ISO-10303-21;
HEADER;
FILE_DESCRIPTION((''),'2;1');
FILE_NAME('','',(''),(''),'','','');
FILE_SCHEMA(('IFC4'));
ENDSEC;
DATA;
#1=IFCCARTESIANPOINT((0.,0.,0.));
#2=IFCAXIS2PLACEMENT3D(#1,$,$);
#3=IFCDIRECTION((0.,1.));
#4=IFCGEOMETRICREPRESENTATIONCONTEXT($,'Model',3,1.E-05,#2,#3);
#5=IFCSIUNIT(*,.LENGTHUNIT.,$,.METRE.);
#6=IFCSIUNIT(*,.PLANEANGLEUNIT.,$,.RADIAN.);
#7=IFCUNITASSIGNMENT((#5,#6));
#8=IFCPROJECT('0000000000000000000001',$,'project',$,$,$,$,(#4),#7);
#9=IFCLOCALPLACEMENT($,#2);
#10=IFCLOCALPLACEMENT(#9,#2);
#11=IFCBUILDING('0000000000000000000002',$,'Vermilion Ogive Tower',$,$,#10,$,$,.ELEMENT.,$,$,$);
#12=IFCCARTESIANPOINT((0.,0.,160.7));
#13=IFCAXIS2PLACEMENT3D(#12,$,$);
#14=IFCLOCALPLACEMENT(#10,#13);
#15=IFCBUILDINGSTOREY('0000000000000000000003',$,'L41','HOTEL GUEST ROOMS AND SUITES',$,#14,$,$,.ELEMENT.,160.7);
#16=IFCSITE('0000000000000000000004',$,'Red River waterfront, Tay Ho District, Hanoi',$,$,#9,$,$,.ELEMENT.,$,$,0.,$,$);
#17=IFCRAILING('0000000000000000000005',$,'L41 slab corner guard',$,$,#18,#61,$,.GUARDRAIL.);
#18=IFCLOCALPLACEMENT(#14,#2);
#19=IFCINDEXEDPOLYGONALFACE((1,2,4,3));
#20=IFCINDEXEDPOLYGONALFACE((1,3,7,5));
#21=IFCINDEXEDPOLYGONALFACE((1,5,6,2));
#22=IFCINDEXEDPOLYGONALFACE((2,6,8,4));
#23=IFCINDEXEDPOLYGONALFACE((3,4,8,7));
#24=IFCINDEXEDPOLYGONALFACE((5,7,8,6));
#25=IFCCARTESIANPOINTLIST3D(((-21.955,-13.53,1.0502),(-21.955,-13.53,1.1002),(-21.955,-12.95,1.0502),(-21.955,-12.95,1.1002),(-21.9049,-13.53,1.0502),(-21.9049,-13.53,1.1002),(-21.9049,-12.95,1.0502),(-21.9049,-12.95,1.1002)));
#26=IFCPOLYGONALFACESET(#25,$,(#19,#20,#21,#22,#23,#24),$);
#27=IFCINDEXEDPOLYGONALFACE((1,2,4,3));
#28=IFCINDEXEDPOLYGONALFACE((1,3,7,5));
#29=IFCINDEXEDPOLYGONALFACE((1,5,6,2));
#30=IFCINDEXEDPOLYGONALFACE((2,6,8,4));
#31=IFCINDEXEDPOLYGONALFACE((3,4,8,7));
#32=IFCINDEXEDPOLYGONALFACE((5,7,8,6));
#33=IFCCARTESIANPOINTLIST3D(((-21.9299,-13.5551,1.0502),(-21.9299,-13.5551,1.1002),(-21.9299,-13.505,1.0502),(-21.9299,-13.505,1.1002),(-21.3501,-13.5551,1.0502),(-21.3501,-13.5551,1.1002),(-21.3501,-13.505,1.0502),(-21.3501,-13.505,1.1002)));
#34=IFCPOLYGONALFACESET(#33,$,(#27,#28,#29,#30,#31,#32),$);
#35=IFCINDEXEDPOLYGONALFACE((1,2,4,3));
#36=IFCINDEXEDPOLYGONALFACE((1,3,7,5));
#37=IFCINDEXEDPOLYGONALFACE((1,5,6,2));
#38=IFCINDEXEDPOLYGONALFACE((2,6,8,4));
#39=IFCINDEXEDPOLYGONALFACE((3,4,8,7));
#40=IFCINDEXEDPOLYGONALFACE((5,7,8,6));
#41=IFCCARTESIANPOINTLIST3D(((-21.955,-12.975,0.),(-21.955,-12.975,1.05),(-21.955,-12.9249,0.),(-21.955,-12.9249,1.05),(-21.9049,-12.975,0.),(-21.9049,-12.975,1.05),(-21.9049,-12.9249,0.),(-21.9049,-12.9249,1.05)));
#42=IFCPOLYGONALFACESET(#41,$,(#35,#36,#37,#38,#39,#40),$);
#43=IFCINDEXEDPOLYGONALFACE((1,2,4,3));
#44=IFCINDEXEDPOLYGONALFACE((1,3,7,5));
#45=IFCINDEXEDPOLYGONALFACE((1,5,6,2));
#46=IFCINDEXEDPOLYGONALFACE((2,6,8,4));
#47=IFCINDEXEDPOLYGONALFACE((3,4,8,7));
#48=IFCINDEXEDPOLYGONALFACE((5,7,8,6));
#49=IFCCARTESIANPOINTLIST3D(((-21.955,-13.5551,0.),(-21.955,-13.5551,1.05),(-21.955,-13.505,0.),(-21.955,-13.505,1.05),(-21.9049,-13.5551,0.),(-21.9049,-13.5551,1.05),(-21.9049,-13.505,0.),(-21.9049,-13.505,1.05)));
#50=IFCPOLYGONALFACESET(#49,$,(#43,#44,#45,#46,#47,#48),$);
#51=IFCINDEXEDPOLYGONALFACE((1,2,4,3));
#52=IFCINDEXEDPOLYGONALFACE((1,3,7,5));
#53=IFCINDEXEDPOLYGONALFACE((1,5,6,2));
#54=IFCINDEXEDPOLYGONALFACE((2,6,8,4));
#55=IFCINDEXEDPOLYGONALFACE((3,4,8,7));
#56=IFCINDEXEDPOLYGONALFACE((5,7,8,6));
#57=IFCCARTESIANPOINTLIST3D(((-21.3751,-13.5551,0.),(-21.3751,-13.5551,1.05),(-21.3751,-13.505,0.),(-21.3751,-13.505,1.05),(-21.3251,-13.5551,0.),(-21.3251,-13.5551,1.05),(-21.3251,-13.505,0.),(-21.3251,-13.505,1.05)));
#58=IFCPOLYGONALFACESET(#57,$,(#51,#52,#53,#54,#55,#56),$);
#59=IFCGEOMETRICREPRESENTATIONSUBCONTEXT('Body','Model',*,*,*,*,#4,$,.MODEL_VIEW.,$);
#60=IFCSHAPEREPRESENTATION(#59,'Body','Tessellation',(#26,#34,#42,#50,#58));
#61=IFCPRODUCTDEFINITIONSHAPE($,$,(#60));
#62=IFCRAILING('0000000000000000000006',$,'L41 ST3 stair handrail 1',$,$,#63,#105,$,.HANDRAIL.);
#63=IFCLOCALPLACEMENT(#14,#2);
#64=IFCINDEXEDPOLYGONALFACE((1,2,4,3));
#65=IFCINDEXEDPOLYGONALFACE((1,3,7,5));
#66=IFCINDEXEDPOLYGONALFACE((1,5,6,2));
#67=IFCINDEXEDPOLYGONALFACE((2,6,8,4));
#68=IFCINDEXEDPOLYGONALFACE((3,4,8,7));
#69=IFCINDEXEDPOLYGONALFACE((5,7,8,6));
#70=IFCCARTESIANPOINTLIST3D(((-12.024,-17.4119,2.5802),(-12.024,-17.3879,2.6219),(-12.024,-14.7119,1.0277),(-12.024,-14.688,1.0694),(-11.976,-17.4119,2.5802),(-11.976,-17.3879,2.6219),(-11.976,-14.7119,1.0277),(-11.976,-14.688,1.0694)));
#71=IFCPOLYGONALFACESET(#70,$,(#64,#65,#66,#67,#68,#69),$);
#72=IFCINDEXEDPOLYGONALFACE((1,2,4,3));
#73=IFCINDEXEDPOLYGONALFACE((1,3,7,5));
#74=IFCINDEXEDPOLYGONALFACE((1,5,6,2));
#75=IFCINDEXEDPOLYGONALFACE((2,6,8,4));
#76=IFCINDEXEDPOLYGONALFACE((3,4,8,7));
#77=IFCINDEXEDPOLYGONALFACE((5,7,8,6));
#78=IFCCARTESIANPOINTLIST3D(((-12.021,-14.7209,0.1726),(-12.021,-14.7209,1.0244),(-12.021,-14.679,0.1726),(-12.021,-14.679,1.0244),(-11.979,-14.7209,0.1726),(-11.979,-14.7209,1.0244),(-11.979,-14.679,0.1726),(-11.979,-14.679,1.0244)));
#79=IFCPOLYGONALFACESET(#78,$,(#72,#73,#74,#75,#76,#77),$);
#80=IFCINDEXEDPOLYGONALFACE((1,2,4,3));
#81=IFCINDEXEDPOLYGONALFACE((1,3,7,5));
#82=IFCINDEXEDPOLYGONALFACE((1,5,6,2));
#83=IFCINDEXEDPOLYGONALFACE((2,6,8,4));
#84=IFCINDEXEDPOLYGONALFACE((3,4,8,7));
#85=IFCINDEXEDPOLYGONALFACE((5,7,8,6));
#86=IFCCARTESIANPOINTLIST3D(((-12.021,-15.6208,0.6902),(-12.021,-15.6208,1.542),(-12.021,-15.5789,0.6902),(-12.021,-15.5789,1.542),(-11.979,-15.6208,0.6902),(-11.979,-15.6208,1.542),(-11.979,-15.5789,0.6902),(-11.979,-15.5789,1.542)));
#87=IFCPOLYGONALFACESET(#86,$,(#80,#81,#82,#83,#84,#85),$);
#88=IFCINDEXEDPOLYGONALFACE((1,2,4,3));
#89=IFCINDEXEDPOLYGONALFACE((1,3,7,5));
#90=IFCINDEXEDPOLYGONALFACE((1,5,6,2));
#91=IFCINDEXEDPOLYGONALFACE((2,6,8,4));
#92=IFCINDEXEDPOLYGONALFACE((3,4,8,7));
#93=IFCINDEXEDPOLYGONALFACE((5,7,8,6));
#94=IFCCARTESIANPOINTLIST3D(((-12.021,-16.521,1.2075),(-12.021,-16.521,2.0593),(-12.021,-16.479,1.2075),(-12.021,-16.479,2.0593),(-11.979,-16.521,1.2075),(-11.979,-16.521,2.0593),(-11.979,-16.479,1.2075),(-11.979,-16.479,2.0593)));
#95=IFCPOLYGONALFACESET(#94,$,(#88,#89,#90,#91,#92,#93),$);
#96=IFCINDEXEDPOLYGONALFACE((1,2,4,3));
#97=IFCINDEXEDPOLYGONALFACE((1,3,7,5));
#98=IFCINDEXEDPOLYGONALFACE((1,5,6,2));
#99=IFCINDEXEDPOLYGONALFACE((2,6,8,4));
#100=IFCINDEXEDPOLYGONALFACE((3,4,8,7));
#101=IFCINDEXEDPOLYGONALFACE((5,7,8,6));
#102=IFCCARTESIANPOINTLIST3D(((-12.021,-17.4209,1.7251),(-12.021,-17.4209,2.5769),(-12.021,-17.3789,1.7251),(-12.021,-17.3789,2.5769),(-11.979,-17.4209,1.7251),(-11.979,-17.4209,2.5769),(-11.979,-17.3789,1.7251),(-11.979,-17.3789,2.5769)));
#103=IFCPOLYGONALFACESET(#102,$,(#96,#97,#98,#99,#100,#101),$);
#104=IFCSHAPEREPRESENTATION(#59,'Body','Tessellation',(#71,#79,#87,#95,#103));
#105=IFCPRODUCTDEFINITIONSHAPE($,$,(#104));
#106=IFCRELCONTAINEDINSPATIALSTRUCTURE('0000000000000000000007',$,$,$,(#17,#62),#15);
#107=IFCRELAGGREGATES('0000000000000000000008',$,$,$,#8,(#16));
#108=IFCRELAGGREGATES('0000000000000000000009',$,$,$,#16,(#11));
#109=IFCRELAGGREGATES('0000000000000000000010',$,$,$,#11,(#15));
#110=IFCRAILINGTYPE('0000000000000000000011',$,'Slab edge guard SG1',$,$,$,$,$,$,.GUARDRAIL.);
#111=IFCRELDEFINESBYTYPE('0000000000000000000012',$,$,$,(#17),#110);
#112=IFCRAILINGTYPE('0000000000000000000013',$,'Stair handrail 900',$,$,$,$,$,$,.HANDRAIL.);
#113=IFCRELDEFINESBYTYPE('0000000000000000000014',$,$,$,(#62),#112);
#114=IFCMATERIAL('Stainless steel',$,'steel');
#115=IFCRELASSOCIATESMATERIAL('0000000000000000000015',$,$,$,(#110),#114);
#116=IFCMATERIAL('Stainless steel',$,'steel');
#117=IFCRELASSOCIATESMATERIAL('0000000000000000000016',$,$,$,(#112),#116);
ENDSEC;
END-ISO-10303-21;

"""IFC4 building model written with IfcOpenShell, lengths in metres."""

from ifc_helpers import new_model, si_unit, direction, frame, origin, origin_2d, place, context, subcontext, project, spatial, rectangle, extrude, material, type_object, element, save


model = new_model("IFC4")

# Units and contexts
model_context = context("Model", 3, precision=1e-05, world=origin(), true_north=direction((0.0, 1.0)))
body_context = subcontext(model_context, "Body", "Model", "MODEL_VIEW")
ifc_project = project(units=[si_unit("LENGTHUNIT", "METRE"), si_unit("PLANEANGLEUNIT", "RADIAN")], contexts=[model_context])

# Site, building, storey
site_placement = place(None, origin())
site = spatial("IfcSite", under=ifc_project, at=site_placement, Name="Red River waterfront, Tay Ho District, Hanoi", CompositionType="ELEMENT", RefElevation=0.0)
building_placement = place(site_placement, origin())
building = spatial("IfcBuilding", under=site, at=building_placement, Name="Vermilion Ogive Tower", CompositionType="ELEMENT")
storey_placement = place(building_placement, frame((0.0, 0.0, 160.7)))
storey = spatial("IfcBuildingStorey", under=building, at=storey_placement, Name="L41", Description="HOTEL GUEST ROOMS AND SUITES", CompositionType="ELEMENT", Elevation=160.7)

# Railings
ifc_material_1 = material(Name="Stainless steel", Category="steel")
railing_type_1 = type_object("IfcRailingType", Name="Slab edge guard SG1", PredefinedType="GUARDRAIL", material=ifc_material_1)
railing_1_placement = place(storey_placement, frame((-21.9299, -12.95, 0.0)))
element("IfcRailing", 1, at=railing_1_placement, inside=storey, type_object=railing_type_1, Name="L41 slab corner guard", PredefinedType="GUARDRAIL", context=body_context, shape_type="SweptSolid", body=[
    extrude(rectangle(XDim=0.05, YDim=0.05, at=origin_2d()), frame((0.0, 0.0, 1.0752), z_axis=(0.0, -1.0, 0.0), x_axis=(1.0, 0.0, 0.0)), (0.0, 0.0, 1.0), 0.5801),
    extrude(rectangle(XDim=0.05, YDim=0.05, at=origin_2d()), frame((0.0, -0.5801, 1.0752), z_axis=(1.0, 0.0, 0.0), x_axis=(0.0, 1.0, 0.0)), (0.0, 0.0, 1.0), 0.5798),
    extrude(rectangle(XDim=0.05, YDim=0.05, at=origin_2d()), origin(), (0.0, 0.0, 1.0), 1.05),
    extrude(rectangle(XDim=0.05, YDim=0.05, at=origin_2d()), frame((0.0, -0.5801, 0.0)), (0.0, 0.0, 1.0), 1.05),
    extrude(rectangle(XDim=0.05, YDim=0.05, at=origin_2d()), frame((0.5798, -0.5801, 0.0)), (0.0, 0.0, 1.0), 1.05),
])
ifc_material_2 = material(Name="Stainless steel", Category="steel")
railing_type_2 = type_object("IfcRailingType", Name="Stair handrail 900", PredefinedType="HANDRAIL", material=ifc_material_2)
railing_2_placement = place(storey_placement, frame((-12.0, -14.7, 0.1726)))
element("IfcRailing", 2, at=railing_2_placement, inside=storey, type_object=railing_type_2, Name="L41 ST3 stair handrail 1", PredefinedType="HANDRAIL", context=body_context, shape_type="SweptSolid", body=[
    extrude(rectangle(XDim=0.0481, YDim=0.0481, at=origin_2d()), frame((0.0, 0.0, 0.876), z_axis=(0.0, -0.866904, 0.498476), x_axis=(1.0, 0.0, 0.0)), (0.0, 0.0, 1.0), 3.1145),
    extrude(rectangle(XDim=0.042, YDim=0.042, at=origin_2d()), origin(), (0.0, 0.0, 1.0), 0.8518),
    extrude(rectangle(XDim=0.042, YDim=0.042, at=origin_2d()), frame((0.0, -0.8999, 0.5176)), (0.0, 0.0, 1.0), 0.8518),
    extrude(rectangle(XDim=0.042, YDim=0.042, at=origin_2d()), frame((0.0, -1.8, 1.0349)), (0.0, 0.0, 1.0), 0.8518),
    extrude(rectangle(XDim=0.042, YDim=0.042, at=origin_2d()), frame((0.0, -2.7, 1.5525)), (0.0, 0.0, 1.0), 0.8518),
])

save(model, "model.ifc")
